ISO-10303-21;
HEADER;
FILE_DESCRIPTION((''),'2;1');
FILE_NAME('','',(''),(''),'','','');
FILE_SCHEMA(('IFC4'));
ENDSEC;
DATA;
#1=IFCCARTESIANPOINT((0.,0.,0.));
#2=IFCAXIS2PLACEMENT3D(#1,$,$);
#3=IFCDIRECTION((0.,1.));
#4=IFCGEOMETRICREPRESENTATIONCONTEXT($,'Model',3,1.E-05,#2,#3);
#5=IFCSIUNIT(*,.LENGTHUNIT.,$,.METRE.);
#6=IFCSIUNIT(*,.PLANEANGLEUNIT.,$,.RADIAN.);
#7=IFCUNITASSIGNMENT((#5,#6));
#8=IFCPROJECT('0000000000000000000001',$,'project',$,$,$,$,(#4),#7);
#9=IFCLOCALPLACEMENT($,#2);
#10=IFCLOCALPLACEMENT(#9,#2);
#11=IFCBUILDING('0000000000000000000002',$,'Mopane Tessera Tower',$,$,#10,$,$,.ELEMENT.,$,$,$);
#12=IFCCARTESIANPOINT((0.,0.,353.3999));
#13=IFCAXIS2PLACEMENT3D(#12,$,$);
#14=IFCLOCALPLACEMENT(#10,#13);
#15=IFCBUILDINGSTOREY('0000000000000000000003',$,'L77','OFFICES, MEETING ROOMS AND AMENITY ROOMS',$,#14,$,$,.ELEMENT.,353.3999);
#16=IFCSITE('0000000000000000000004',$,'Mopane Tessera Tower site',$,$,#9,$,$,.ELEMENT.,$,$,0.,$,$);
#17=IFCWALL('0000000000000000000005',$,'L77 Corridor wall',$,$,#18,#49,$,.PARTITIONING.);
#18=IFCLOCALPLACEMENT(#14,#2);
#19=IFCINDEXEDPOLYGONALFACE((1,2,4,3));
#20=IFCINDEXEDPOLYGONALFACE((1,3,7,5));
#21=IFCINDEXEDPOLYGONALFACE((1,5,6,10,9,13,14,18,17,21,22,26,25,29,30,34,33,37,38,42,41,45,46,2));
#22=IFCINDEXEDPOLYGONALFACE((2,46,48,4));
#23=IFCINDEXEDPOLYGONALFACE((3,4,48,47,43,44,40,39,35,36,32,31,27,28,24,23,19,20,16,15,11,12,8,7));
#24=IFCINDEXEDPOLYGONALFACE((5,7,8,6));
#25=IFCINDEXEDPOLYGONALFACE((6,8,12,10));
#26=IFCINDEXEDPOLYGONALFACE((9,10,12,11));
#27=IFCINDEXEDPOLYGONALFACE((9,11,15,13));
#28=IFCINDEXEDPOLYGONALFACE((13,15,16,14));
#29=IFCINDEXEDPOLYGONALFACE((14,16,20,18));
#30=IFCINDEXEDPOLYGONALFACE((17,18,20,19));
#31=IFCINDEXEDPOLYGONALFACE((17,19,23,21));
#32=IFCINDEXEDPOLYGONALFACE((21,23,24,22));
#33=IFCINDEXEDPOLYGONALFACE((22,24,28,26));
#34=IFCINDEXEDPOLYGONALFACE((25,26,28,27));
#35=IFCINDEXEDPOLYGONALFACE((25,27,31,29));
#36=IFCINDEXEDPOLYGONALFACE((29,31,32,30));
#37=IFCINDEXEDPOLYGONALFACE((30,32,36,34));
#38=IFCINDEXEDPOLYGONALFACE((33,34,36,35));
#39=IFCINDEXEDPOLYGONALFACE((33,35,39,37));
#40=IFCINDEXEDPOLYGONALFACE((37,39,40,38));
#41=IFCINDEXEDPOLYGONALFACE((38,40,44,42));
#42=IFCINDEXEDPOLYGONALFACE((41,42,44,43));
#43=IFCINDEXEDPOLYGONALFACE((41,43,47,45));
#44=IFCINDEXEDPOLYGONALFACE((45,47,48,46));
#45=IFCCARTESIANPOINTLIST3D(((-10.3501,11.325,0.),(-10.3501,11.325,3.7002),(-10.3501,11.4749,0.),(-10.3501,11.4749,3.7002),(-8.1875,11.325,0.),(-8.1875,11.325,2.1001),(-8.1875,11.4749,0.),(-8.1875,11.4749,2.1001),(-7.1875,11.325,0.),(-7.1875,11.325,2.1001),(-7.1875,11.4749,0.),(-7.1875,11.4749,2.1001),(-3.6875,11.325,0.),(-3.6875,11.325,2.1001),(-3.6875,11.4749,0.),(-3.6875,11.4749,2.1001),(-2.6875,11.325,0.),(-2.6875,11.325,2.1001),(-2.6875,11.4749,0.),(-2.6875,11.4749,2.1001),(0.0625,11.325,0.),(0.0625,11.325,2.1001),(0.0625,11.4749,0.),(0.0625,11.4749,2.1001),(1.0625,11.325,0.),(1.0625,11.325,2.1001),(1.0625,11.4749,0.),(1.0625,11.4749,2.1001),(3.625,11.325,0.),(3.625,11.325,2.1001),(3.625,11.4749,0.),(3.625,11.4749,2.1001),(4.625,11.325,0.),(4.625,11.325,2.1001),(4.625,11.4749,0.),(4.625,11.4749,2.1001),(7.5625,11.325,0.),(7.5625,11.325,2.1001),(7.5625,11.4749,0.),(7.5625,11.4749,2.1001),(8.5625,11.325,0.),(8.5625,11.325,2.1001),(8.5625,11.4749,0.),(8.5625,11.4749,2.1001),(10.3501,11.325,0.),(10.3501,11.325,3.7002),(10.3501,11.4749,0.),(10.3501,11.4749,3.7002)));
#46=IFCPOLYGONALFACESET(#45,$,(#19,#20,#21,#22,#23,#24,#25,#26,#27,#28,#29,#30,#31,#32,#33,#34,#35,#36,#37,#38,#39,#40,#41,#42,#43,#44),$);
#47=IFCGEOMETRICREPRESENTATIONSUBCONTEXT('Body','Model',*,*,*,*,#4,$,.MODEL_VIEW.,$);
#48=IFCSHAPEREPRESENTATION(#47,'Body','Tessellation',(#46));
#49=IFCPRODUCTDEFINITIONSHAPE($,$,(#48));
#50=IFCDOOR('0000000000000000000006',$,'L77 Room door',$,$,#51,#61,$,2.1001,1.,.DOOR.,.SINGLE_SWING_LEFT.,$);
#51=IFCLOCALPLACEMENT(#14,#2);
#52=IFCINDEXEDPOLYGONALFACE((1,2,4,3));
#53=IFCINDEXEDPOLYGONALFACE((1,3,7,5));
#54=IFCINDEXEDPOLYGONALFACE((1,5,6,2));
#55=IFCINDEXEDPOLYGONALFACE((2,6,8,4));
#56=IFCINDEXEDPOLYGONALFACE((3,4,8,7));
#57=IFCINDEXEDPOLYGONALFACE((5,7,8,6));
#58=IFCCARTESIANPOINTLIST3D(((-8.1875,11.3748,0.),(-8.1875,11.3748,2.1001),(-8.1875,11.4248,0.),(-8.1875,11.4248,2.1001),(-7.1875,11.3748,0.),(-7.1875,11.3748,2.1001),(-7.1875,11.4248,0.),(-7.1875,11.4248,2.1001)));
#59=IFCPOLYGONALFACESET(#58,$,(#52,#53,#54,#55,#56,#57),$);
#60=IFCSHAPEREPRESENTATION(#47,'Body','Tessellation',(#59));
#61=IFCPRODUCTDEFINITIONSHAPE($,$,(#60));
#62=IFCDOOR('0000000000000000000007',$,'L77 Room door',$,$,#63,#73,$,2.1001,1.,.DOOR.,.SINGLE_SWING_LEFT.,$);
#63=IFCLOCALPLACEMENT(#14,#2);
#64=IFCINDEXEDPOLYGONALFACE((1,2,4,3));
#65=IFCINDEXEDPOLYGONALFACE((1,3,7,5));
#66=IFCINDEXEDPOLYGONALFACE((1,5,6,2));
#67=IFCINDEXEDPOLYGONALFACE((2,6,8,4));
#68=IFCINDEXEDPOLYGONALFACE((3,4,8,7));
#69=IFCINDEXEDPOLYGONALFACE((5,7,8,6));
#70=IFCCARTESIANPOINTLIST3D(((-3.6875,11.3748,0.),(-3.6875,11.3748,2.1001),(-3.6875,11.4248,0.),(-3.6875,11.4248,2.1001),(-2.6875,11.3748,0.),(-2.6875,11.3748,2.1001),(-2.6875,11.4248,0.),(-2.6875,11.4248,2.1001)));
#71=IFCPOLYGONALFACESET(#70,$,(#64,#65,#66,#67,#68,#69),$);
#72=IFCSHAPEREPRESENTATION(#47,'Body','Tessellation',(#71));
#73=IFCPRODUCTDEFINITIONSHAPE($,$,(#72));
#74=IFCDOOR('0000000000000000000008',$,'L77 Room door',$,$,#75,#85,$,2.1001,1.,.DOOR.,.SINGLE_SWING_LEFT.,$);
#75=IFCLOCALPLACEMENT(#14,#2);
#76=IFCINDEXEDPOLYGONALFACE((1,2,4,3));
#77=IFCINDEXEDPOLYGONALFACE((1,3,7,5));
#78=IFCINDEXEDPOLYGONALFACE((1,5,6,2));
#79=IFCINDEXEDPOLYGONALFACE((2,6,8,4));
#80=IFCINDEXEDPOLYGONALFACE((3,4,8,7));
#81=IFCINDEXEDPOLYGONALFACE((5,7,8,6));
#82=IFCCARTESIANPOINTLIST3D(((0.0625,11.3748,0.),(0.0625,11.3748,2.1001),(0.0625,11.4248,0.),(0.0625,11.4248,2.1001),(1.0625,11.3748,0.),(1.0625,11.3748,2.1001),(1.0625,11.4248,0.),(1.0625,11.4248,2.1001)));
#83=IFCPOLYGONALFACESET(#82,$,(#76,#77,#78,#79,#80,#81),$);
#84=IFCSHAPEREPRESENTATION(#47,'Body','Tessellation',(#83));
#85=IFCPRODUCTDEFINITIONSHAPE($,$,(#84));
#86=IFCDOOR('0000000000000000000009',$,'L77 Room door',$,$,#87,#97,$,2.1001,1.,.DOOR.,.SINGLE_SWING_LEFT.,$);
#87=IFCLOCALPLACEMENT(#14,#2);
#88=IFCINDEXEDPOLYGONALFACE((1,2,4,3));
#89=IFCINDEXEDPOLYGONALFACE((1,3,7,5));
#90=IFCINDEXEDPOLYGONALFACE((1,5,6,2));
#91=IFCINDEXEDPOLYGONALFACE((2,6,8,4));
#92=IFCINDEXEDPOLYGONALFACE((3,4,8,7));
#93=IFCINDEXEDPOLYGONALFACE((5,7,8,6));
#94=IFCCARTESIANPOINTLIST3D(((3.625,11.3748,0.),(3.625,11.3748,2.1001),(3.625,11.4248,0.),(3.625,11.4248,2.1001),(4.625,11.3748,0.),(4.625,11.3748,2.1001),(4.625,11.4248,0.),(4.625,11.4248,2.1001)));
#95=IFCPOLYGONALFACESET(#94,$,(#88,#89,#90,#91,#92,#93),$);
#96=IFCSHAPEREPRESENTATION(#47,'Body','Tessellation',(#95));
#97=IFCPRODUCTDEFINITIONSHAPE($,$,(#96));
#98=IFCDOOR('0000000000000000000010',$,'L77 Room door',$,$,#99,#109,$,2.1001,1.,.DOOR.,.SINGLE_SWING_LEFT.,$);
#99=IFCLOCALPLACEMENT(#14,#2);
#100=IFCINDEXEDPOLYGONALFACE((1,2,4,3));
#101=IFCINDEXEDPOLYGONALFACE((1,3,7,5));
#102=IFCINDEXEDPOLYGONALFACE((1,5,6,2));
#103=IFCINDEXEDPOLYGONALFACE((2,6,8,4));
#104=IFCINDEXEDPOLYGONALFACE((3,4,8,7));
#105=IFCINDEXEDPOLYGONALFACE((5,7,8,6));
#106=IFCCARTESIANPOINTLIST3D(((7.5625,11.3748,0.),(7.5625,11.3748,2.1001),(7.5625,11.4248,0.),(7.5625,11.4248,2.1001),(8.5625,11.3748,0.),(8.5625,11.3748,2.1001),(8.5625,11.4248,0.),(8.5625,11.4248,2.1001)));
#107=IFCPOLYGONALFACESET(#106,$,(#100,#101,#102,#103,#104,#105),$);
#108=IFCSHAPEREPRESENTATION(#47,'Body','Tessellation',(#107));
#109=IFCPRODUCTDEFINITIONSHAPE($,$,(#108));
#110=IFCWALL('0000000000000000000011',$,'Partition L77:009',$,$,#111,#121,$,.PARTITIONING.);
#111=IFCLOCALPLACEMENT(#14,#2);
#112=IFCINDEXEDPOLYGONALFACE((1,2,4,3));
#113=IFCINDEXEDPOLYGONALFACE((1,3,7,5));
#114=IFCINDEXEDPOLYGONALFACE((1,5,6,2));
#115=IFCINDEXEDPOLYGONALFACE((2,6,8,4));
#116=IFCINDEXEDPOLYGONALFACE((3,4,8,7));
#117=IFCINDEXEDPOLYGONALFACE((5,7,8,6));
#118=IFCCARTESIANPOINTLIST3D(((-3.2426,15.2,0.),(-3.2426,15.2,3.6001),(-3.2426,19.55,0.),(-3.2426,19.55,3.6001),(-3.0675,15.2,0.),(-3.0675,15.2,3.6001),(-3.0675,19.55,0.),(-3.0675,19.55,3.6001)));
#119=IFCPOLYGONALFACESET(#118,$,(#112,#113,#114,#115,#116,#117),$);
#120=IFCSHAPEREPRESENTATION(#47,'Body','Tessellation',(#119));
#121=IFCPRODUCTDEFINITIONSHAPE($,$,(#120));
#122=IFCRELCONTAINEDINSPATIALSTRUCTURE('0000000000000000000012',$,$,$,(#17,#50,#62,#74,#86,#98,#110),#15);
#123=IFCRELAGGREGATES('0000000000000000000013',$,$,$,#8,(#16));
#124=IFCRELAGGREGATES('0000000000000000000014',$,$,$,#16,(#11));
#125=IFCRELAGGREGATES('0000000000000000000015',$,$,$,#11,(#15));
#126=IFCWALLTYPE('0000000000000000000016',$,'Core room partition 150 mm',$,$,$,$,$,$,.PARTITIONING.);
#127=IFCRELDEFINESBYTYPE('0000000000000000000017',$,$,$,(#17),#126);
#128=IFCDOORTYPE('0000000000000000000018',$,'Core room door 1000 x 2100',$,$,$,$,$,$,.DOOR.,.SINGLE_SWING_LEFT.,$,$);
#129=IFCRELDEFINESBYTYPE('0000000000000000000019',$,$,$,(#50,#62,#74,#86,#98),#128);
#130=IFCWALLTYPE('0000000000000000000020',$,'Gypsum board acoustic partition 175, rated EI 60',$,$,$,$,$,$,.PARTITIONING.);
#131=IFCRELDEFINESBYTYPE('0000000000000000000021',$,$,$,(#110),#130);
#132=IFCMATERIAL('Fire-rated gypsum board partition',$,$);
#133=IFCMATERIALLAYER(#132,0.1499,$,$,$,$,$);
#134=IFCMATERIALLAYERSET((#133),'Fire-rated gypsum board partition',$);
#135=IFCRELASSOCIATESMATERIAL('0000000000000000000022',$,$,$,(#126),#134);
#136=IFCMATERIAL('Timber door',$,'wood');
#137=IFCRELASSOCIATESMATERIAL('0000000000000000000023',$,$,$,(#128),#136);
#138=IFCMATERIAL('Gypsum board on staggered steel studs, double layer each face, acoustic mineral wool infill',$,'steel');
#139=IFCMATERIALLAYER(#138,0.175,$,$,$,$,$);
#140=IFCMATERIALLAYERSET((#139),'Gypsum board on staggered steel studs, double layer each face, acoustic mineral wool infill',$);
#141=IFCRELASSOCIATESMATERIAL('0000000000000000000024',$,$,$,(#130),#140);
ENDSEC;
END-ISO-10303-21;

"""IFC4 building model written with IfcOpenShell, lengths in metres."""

from ifc_helpers import new_model, si_unit, direction, frame, frame_2d, origin, place, context, subcontext, project, spatial, rectangle, extrude, material, layer, layer_set, type_object, element, fill, save


model = new_model("IFC4")

# Units and contexts
model_context = context("Model", 3, precision=1e-05, world=origin(), true_north=direction((0.0, 1.0)))
body_context = subcontext(model_context, "Body", "Model", "MODEL_VIEW")
ifc_project = project(units=[si_unit("LENGTHUNIT", "METRE"), si_unit("PLANEANGLEUNIT", "RADIAN")], contexts=[model_context])

# Site, building, storey
site_placement = place(None, origin())
site = spatial("IfcSite", under=ifc_project, at=site_placement, Name="Mopane Tessera Tower site", CompositionType="ELEMENT", RefElevation=0.0)
building_placement = place(site_placement, origin())
building = spatial("IfcBuilding", under=site, at=building_placement, Name="Mopane Tessera Tower", CompositionType="ELEMENT")
storey_placement = place(building_placement, frame((0.0, 0.0, 353.3999)))
storey = spatial("IfcBuildingStorey", under=building, at=storey_placement, Name="L77", Description="OFFICES, MEETING ROOMS AND AMENITY ROOMS", CompositionType="ELEMENT", Elevation=353.3999)

# Shared definitions
ifc_material_1 = material(Name="Fire-rated gypsum board partition")
ifc_layer_1 = layer(ifc_material_1, 0.1499)
ifc_layer_set_1 = layer_set([ifc_layer_1], Name="Fire-rated gypsum board partition")
wall_type_1 = type_object("IfcWallType", Name="Core room partition 150 mm", PredefinedType="PARTITIONING", material=ifc_layer_set_1)

# Wall, openings, doors
wall_1_placement = place(storey_placement, frame((-10.3501, 11.3999, 0.0), z_axis=(0.0, 0.0, 1.0), x_axis=(1.0, 0.0, 0.0)))
wall_1 = element("IfcWall", 1, at=wall_1_placement, inside=storey, type_object=wall_type_1, Name="L77 Corridor wall", PredefinedType="PARTITIONING", context=body_context, shape_type="SweptSolid", body=[
    extrude(rectangle(XDim=20.7002, YDim=0.1499, at=frame_2d((10.3501, 0.0))), origin(), (0.0, 0.0, 1.0), 3.7002),
])
opening_1_placement = place(wall_1_placement, frame((2.1626, 0.0, 0.0)))
opening_1 = element("IfcOpeningElement", 2, at=opening_1_placement, cuts=wall_1, PredefinedType="OPENING", context=body_context, shape_type="SweptSolid", body=[
    extrude(rectangle(XDim=1.0, YDim=2.1001, at=frame_2d((0.5, 1.05))), frame((0.0, 0.0869, 0.0), z_axis=(0.0, -1.0, 0.0), x_axis=(1.0, 0.0, 0.0)), (0.0, 0.0, 1.0), 0.1738),
])
opening_2_placement = place(wall_1_placement, frame((6.6626, 0.0, 0.0)))
opening_2 = element("IfcOpeningElement", 3, at=opening_2_placement, cuts=wall_1, PredefinedType="OPENING", context=body_context, shape_type="SweptSolid", body=[
    extrude(rectangle(XDim=1.0, YDim=2.1001, at=frame_2d((0.5, 1.05))), frame((0.0, 0.0869, 0.0), z_axis=(0.0, -1.0, 0.0), x_axis=(1.0, 0.0, 0.0)), (0.0, 0.0, 1.0), 0.1738),
])
opening_3_placement = place(wall_1_placement, frame((10.4126, 0.0, 0.0)))
opening_3 = element("IfcOpeningElement", 4, at=opening_3_placement, cuts=wall_1, PredefinedType="OPENING", context=body_context, shape_type="SweptSolid", body=[
    extrude(rectangle(XDim=1.0, YDim=2.1001, at=frame_2d((0.5, 1.05))), frame((0.0, 0.0869, 0.0), z_axis=(0.0, -1.0, 0.0), x_axis=(1.0, 0.0, 0.0)), (0.0, 0.0, 1.0), 0.1738),
])
opening_4_placement = place(wall_1_placement, frame((13.9751, 0.0, 0.0)))
opening_4 = element("IfcOpeningElement", 5, at=opening_4_placement, cuts=wall_1, PredefinedType="OPENING", context=body_context, shape_type="SweptSolid", body=[
    extrude(rectangle(XDim=1.0, YDim=2.1001, at=frame_2d((0.5, 1.05))), frame((0.0, 0.0869, 0.0), z_axis=(0.0, -1.0, 0.0), x_axis=(1.0, 0.0, 0.0)), (0.0, 0.0, 1.0), 0.1738),
])
opening_5_placement = place(wall_1_placement, frame((17.9126, 0.0, 0.0)))
opening_5 = element("IfcOpeningElement", 6, at=opening_5_placement, cuts=wall_1, PredefinedType="OPENING", context=body_context, shape_type="SweptSolid", body=[
    extrude(rectangle(XDim=1.0, YDim=2.1001, at=frame_2d((0.5, 1.05))), frame((0.0, 0.0869, 0.0), z_axis=(0.0, -1.0, 0.0), x_axis=(1.0, 0.0, 0.0)), (0.0, 0.0, 1.0), 0.1738),
])
ifc_material_2 = material(Name="Timber door", Category="wood")
door_type = type_object("IfcDoorType", Name="Core room door 1000 x 2100", OperationType="SINGLE_SWING_LEFT", PredefinedType="DOOR", material=ifc_material_2)
door_1_placement = place(opening_1_placement, origin())
door_1 = element("IfcDoor", 7, at=door_1_placement, inside=storey, type_object=door_type, Name="L77 Room door", OperationType="SINGLE_SWING_LEFT", OverallHeight=2.1001, OverallWidth=1.0, PredefinedType="DOOR", context=body_context, shape_type="SweptSolid", body=[
    extrude(rectangle(XDim=1.0, YDim=2.1001, at=frame_2d((0.5, 1.05))), frame((0.0, 0.0249, 0.0), z_axis=(0.0, -1.0, 0.0), x_axis=(1.0, 0.0, 0.0)), (0.0, 0.0, 1.0), 0.05),
])
fill(opening_1, door_1)
door_2_placement = place(opening_2_placement, origin())
door_2 = element("IfcDoor", 8, at=door_2_placement, inside=storey, type_object=door_type, Name="L77 Room door", OperationType="SINGLE_SWING_LEFT", OverallHeight=2.1001, OverallWidth=1.0, PredefinedType="DOOR", context=body_context, shape_type="SweptSolid", body=[
    extrude(rectangle(XDim=1.0, YDim=2.1001, at=frame_2d((0.5, 1.05))), frame((0.0, 0.0249, 0.0), z_axis=(0.0, -1.0, 0.0), x_axis=(1.0, 0.0, 0.0)), (0.0, 0.0, 1.0), 0.05),
])
fill(opening_2, door_2)
door_3_placement = place(opening_3_placement, origin())
door_3 = element("IfcDoor", 9, at=door_3_placement, inside=storey, type_object=door_type, Name="L77 Room door", OperationType="SINGLE_SWING_LEFT", OverallHeight=2.1001, OverallWidth=1.0, PredefinedType="DOOR", context=body_context, shape_type="SweptSolid", body=[
    extrude(rectangle(XDim=1.0, YDim=2.1001, at=frame_2d((0.5, 1.05))), frame((0.0, 0.0249, 0.0), z_axis=(0.0, -1.0, 0.0), x_axis=(1.0, 0.0, 0.0)), (0.0, 0.0, 1.0), 0.05),
])
fill(opening_3, door_3)
door_4_placement = place(opening_4_placement, origin())
door_4 = element("IfcDoor", 10, at=door_4_placement, inside=storey, type_object=door_type, Name="L77 Room door", OperationType="SINGLE_SWING_LEFT", OverallHeight=2.1001, OverallWidth=1.0, PredefinedType="DOOR", context=body_context, shape_type="SweptSolid", body=[
    extrude(rectangle(XDim=1.0, YDim=2.1001, at=frame_2d((0.5, 1.05))), frame((0.0, 0.0249, 0.0), z_axis=(0.0, -1.0, 0.0), x_axis=(1.0, 0.0, 0.0)), (0.0, 0.0, 1.0), 0.05),
])
fill(opening_4, door_4)
door_5_placement = place(opening_5_placement, origin())
door_5 = element("IfcDoor", 11, at=door_5_placement, inside=storey, type_object=door_type, Name="L77 Room door", OperationType="SINGLE_SWING_LEFT", OverallHeight=2.1001, OverallWidth=1.0, PredefinedType="DOOR", context=body_context, shape_type="SweptSolid", body=[
    extrude(rectangle(XDim=1.0, YDim=2.1001, at=frame_2d((0.5, 1.05))), frame((0.0, 0.0249, 0.0), z_axis=(0.0, -1.0, 0.0), x_axis=(1.0, 0.0, 0.0)), (0.0, 0.0, 1.0), 0.05),
])
fill(opening_5, door_5)

# Wall
ifc_material_3 = material(Name="Gypsum board on staggered steel studs, double layer each face, acoustic mineral wool infill", Category="steel")
ifc_layer_2 = layer(ifc_material_3, 0.175)
ifc_layer_set_2 = layer_set([ifc_layer_2], Name="Gypsum board on staggered steel studs, double layer each face, acoustic mineral wool infill")
wall_type_2 = type_object("IfcWallType", Name="Gypsum board acoustic partition 175, rated EI 60", PredefinedType="PARTITIONING", material=ifc_layer_set_2)
wall_2_placement = place(storey_placement, frame((-3.155, 15.2, 0.0), z_axis=(0.0, 0.0, 1.0), x_axis=(0.0, 1.0, 0.0)))
element("IfcWall", 12, at=wall_2_placement, inside=storey, type_object=wall_type_2, Name="Partition L77:009", PredefinedType="PARTITIONING", context=body_context, shape_type="SweptSolid", body=[
    extrude(rectangle(XDim=4.3501, YDim=0.175, at=frame_2d((2.175, 0.0))), origin(), (0.0, 0.0, 1.0), 3.6001),
])

save(model, "model.ifc")
